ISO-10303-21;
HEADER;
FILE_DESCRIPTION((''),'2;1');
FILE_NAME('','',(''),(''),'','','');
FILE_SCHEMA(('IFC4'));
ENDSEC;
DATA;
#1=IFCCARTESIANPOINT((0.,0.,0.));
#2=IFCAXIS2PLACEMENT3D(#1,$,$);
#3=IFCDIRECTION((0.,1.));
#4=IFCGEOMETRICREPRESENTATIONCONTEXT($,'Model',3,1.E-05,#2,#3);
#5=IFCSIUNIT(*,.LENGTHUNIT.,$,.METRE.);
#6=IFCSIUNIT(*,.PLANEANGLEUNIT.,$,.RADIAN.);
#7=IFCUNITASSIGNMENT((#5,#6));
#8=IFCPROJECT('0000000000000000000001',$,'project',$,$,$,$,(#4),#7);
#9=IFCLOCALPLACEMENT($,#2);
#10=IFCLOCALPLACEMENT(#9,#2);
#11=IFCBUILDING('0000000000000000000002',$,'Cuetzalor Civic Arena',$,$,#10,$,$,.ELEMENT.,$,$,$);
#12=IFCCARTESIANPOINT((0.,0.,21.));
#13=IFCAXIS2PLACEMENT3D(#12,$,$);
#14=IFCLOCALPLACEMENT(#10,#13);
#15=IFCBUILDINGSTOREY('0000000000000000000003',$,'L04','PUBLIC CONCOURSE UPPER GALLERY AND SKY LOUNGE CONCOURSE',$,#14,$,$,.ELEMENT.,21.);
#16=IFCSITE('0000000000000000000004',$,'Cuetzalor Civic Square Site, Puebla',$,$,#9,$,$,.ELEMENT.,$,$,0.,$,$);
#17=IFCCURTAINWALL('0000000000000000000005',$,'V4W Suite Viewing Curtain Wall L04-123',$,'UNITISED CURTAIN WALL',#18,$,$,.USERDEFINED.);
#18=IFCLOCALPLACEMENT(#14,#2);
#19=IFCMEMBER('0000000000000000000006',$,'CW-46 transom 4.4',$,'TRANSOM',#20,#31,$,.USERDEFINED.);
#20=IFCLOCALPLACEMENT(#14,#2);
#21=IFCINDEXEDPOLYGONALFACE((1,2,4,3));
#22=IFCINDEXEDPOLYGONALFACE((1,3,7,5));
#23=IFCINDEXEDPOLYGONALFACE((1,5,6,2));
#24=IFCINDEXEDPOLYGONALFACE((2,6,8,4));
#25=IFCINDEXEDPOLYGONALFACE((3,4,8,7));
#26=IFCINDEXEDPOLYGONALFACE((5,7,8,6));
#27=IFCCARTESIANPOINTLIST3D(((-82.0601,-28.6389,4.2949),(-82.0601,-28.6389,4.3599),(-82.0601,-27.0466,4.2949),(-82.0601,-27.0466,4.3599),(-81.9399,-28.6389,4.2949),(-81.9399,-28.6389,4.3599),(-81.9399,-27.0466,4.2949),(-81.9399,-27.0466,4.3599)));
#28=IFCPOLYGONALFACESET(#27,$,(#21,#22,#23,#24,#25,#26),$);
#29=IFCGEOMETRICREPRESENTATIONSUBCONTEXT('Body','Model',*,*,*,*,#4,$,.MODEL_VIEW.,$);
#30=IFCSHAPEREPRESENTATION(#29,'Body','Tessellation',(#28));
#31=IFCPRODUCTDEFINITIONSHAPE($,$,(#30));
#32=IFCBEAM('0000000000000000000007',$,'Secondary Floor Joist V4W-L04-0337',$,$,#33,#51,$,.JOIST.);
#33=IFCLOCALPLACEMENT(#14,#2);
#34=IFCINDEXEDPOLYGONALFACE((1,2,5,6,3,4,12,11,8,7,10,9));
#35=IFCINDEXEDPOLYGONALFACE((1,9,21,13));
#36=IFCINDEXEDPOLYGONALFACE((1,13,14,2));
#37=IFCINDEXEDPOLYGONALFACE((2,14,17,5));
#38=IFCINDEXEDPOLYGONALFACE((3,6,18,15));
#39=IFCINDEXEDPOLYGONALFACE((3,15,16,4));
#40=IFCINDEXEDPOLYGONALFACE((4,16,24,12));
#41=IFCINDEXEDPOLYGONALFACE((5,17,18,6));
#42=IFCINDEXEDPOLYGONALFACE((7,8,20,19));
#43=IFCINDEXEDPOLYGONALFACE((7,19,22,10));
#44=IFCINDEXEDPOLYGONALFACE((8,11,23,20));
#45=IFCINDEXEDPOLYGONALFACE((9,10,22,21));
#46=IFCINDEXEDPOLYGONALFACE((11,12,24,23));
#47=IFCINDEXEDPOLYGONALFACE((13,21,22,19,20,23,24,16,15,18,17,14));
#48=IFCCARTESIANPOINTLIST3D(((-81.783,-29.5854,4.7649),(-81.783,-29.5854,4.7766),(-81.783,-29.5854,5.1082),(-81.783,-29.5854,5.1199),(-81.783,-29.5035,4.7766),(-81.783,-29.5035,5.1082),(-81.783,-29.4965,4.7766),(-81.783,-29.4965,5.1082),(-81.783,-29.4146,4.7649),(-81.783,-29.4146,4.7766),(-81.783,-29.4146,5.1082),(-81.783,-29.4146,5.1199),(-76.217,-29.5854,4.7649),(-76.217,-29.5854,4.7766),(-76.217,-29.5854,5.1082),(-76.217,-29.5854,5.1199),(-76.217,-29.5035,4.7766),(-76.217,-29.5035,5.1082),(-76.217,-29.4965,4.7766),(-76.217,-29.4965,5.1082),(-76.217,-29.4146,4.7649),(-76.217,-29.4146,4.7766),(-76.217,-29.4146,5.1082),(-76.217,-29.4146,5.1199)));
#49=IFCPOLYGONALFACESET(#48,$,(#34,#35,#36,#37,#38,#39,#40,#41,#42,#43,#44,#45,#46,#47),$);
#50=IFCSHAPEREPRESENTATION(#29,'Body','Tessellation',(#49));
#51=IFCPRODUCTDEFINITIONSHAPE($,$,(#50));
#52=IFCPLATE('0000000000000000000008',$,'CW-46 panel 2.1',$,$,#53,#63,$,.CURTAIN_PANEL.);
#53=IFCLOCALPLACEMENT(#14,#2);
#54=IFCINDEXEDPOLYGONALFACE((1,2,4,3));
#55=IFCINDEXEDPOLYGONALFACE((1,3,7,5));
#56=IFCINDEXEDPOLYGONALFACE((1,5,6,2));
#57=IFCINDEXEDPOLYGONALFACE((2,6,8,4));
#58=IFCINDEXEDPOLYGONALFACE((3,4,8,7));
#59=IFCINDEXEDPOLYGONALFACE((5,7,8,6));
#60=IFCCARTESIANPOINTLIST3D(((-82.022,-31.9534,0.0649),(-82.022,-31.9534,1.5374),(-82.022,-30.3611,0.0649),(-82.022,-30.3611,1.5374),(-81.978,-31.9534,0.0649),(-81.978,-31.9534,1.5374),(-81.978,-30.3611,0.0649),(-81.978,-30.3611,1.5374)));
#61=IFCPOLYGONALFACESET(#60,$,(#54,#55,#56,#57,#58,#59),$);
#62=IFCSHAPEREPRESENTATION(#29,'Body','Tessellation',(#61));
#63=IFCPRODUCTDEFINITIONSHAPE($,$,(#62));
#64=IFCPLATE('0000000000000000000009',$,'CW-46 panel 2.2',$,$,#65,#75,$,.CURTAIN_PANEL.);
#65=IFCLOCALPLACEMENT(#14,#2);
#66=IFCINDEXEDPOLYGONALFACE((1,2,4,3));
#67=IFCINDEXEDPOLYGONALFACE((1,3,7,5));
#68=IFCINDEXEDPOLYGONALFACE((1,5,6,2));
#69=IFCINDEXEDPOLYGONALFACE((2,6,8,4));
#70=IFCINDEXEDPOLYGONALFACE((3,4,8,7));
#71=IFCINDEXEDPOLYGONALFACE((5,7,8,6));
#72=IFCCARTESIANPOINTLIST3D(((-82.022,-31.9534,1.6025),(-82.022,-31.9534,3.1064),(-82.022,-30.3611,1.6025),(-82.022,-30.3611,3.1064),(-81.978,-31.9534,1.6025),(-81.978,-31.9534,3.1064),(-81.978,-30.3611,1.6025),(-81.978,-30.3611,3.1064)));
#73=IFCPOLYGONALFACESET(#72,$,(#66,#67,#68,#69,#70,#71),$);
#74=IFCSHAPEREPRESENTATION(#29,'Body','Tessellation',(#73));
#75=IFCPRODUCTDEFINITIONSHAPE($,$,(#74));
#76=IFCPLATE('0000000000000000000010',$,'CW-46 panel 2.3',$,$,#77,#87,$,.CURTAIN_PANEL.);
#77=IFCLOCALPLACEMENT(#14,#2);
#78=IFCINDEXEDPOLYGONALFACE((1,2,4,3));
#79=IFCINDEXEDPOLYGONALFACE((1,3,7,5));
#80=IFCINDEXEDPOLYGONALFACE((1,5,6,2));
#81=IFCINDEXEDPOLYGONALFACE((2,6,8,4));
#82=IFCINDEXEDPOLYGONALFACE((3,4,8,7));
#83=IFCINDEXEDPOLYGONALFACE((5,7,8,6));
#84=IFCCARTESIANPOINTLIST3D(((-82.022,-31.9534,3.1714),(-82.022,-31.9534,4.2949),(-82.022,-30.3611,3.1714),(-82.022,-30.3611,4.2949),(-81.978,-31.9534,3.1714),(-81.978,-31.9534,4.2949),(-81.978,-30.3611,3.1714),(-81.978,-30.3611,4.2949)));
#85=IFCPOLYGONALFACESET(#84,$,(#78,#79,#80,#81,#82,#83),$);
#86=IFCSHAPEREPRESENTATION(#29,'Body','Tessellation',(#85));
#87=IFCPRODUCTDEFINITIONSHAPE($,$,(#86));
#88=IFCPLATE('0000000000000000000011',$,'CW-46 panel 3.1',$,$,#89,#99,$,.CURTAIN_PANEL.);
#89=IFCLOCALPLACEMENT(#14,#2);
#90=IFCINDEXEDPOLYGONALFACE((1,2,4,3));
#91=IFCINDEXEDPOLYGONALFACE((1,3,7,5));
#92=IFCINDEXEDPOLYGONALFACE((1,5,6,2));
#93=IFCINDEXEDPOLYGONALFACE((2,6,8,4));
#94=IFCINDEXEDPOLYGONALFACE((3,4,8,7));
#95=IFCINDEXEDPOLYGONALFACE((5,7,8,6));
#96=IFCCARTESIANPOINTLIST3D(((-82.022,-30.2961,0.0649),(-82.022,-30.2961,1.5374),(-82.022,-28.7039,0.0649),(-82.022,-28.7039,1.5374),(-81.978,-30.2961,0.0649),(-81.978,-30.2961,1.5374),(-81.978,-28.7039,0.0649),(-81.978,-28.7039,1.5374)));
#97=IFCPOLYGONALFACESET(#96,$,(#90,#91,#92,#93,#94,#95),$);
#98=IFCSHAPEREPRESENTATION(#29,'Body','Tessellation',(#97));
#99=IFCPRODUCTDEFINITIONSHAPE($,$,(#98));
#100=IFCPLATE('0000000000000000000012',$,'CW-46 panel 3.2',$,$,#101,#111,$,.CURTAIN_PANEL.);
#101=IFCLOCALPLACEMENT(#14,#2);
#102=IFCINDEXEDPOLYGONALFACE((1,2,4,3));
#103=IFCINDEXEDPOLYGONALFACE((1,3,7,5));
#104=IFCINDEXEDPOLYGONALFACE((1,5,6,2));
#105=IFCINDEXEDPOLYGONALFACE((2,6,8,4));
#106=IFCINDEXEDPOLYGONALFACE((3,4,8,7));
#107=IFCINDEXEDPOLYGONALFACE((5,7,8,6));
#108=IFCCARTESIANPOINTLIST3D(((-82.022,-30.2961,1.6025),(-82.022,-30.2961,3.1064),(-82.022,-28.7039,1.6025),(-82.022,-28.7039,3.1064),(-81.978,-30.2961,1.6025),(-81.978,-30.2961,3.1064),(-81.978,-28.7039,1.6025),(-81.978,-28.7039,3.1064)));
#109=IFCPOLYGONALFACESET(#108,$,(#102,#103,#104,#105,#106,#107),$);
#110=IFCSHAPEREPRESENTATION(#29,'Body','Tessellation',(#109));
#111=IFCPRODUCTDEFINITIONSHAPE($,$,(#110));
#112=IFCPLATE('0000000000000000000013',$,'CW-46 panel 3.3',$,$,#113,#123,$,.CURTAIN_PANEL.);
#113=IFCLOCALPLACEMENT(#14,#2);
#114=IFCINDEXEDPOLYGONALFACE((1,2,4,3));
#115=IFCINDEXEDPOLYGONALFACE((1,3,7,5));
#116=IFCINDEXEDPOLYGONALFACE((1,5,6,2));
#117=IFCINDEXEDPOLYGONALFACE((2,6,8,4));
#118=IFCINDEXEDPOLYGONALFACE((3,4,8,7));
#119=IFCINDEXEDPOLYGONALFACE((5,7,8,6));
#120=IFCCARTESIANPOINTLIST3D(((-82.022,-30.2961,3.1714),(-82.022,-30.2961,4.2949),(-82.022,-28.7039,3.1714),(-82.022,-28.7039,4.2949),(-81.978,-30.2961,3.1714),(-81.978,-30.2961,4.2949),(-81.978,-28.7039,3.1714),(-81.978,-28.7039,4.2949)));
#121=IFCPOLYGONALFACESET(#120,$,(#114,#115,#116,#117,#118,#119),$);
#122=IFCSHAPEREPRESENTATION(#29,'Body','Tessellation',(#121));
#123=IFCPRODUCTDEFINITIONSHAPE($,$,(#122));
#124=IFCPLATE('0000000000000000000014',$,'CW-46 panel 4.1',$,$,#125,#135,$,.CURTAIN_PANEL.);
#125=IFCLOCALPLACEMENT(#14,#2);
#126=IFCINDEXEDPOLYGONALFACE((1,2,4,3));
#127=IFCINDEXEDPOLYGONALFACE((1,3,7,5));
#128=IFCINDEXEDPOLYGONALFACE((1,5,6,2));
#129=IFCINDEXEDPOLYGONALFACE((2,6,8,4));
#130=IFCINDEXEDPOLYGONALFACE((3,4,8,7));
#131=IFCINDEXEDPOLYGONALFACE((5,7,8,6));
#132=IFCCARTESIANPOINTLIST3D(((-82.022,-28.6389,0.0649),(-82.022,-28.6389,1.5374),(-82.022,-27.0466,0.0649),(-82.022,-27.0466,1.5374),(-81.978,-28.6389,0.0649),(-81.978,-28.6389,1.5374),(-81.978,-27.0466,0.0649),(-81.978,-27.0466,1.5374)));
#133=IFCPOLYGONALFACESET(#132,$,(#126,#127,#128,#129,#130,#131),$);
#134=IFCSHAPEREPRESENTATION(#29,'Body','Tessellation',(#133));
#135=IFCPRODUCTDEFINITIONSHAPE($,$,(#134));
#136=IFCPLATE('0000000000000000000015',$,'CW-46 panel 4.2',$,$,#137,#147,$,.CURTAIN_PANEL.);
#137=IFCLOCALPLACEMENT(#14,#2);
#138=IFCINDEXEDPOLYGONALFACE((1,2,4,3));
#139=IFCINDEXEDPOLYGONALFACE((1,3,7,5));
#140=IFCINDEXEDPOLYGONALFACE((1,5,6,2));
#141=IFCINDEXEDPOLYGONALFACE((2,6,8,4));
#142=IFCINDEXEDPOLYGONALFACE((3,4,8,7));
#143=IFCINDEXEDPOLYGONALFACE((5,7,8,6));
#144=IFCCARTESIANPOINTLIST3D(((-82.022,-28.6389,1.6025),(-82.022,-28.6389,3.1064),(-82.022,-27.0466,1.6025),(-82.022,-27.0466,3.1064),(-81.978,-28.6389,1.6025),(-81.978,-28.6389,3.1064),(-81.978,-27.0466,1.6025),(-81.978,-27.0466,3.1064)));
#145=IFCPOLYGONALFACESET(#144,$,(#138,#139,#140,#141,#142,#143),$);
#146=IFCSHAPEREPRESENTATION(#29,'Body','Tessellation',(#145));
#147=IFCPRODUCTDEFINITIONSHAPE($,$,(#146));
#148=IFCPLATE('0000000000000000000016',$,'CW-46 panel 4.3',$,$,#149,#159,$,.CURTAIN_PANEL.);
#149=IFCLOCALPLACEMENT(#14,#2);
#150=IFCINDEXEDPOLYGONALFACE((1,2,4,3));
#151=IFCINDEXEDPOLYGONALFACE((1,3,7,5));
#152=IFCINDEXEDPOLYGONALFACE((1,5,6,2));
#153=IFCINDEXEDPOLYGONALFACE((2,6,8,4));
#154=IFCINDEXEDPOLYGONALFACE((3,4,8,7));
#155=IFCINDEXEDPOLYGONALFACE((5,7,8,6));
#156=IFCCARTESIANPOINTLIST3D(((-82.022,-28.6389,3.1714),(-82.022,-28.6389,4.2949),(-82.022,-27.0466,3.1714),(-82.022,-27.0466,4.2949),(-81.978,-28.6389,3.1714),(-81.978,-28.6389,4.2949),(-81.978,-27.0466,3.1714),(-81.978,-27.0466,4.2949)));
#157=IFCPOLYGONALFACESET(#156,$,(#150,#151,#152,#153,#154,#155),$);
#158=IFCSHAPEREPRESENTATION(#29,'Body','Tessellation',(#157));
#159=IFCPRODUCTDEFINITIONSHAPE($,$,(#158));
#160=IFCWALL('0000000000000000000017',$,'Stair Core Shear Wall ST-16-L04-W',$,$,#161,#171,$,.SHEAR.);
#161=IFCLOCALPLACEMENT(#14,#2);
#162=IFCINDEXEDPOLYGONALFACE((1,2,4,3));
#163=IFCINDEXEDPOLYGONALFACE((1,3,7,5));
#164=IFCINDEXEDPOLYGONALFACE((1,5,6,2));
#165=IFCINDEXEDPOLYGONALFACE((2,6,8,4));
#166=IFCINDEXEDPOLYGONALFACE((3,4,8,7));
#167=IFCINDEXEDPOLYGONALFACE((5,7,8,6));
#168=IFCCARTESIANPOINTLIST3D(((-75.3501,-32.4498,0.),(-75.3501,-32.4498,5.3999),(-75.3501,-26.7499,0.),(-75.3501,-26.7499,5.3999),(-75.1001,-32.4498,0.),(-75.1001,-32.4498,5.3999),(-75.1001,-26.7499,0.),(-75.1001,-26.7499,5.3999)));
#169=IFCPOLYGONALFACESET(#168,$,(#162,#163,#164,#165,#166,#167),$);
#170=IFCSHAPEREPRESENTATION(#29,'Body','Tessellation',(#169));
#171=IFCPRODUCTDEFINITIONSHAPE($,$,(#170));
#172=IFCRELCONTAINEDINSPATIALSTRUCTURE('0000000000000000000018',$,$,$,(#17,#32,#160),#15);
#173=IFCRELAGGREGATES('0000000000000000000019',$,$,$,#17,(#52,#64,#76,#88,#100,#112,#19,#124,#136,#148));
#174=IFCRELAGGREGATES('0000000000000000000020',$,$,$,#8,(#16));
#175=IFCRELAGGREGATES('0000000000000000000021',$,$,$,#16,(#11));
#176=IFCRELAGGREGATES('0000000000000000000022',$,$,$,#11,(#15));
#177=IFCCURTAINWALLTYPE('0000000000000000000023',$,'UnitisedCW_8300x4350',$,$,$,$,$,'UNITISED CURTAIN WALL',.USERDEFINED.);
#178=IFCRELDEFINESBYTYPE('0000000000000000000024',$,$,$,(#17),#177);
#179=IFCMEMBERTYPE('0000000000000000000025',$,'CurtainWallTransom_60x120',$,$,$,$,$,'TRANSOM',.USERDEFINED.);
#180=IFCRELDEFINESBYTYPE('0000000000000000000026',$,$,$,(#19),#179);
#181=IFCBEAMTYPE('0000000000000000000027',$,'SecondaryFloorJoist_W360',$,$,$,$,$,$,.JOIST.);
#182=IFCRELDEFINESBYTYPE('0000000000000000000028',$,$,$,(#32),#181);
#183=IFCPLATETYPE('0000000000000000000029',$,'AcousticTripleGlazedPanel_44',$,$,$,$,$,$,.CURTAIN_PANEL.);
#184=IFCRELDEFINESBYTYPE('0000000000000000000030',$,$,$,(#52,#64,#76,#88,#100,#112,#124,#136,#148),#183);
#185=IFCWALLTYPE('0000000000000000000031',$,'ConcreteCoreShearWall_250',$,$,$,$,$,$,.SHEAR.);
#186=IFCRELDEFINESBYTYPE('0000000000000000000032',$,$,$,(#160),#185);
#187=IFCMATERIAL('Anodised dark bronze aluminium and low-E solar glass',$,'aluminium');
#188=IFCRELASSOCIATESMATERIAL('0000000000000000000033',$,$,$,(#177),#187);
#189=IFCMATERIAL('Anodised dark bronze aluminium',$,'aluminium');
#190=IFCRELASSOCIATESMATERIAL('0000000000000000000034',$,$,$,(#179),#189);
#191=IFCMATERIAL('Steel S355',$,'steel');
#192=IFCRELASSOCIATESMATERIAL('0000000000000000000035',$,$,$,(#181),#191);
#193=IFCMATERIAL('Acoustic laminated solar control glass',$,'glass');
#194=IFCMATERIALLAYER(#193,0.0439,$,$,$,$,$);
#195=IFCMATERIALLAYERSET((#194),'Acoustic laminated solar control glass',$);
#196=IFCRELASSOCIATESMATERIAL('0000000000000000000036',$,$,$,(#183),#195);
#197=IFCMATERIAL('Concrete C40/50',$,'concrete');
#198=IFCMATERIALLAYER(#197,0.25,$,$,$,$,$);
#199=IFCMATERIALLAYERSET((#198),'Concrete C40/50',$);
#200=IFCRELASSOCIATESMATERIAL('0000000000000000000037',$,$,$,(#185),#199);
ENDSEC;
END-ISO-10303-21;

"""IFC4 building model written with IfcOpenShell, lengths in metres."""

from ifc_helpers import new_model, si_unit, direction, frame, frame_2d, origin, origin_2d, place, context, subcontext, project, spatial, rectangle, i_section, extrude, material, layer, layer_set, material_profile, profile_set, type_object, element, aggregate, save


model = new_model("IFC4")

# Units and contexts
model_context = context("Model", 3, precision=1e-05, world=origin(), true_north=direction((0.0, 1.0)))
body_context = subcontext(model_context, "Body", "Model", "MODEL_VIEW")
ifc_project = project(units=[si_unit("LENGTHUNIT", "METRE"), si_unit("PLANEANGLEUNIT", "RADIAN")], contexts=[model_context])

# Site, building, storey
site_placement = place(None, origin())
site = spatial("IfcSite", under=ifc_project, at=site_placement, Name="Cuetzalor Civic Square Site, Puebla", CompositionType="ELEMENT", RefElevation=0.0)
building_placement = place(site_placement, origin())
building = spatial("IfcBuilding", under=site, at=building_placement, Name="Cuetzalor Civic Arena", CompositionType="ELEMENT")
storey_placement = place(building_placement, frame((0.0, 0.0, 21.0)))
storey = spatial("IfcBuildingStorey", under=building, at=storey_placement, Name="L04", Description="PUBLIC CONCOURSE UPPER GALLERY AND SKY LOUNGE CONCOURSE", CompositionType="ELEMENT", Elevation=21.0)

# Curtain wall, member
ifc_material_1 = material(Name="Anodised dark bronze aluminium and low-E solar glass", Category="aluminium")
curtain_wall_type = type_object("IfcCurtainWallType", Name="UnitisedCW_8300x4350", ElementType="UNITISED CURTAIN WALL", PredefinedType="USERDEFINED", material=ifc_material_1)
curtain_wall_placement = place(storey_placement, origin())
curtain_wall = element("IfcCurtainWall", 1, at=curtain_wall_placement, inside=storey, type_object=curtain_wall_type, Name="V4W Suite Viewing Curtain Wall L04-123", ObjectType="UNITISED CURTAIN WALL", PredefinedType="USERDEFINED")
ifc_material_2 = material(Name="Anodised dark bronze aluminium", Category="aluminium")
ifc_material_profile_1 = material_profile(ifc_material_2, rectangle(XDim=0.1201, YDim=0.0649, at=origin_2d()), Name="ALU TRANSOM 65x120")
ifc_profile_set_1 = profile_set([ifc_material_profile_1], Name="Anodised dark bronze aluminium")
member_type_1 = type_object("IfcMemberType", Name="CurtainWallTransom_60x120", ElementType="TRANSOM", PredefinedType="USERDEFINED", material=ifc_profile_set_1)
member_1_placement = place(storey_placement, frame((-82.0, -28.6389, 4.3274), z_axis=(0.0, 1.0, 0.0), x_axis=(-1.0, 0.0, 0.0)))
member_1 = element("IfcMember", 2, at=member_1_placement, type_object=member_type_1, Name="CW-46 transom 4.4", ObjectType="TRANSOM", PredefinedType="USERDEFINED", context=body_context, shape_type="SweptSolid", body=[
    extrude(rectangle(XDim=0.1201, YDim=0.0649, at=origin_2d()), origin(), (0.0, 0.0, 1.0), 1.5923),
])

# Beam
ifc_material_3 = material(Name="Steel S355", Category="steel")
ifc_material_profile_2 = material_profile(ifc_material_3, i_section(OverallWidth=0.1709, OverallDepth=0.355, WebThickness=0.0071, FlangeThickness=0.0117, at=origin_2d()), Name="W360x51")
ifc_profile_set_2 = profile_set([ifc_material_profile_2], Name="Steel S355")
beam_type = type_object("IfcBeamType", Name="SecondaryFloorJoist_W360", PredefinedType="JOIST", material=ifc_profile_set_2)
beam_placement = place(storey_placement, frame((-81.783, -29.5, 4.9424), z_axis=(1.0, 0.0, 0.0), x_axis=(0.0, 1.0, 0.0)))
element("IfcBeam", 3, at=beam_placement, inside=storey, type_object=beam_type, Name="Secondary Floor Joist V4W-L04-0337", PredefinedType="JOIST", context=body_context, shape_type="SweptSolid", body=[
    extrude(i_section(OverallWidth=0.1709, OverallDepth=0.355, WebThickness=0.0071, FlangeThickness=0.0117, at=origin_2d()), origin(), (0.0, 0.0, 1.0), 5.5659),
])

# Plates
ifc_material_4 = material(Name="Acoustic laminated solar control glass", Category="glass")
ifc_layer_1 = layer(ifc_material_4, 0.0439)
ifc_layer_set_1 = layer_set([ifc_layer_1], Name="Acoustic laminated solar control glass")
plate_type = type_object("IfcPlateType", Name="AcousticTripleGlazedPanel_44", PredefinedType="CURTAIN_PANEL", material=ifc_layer_set_1)
plate_1_placement = place(storey_placement, frame((-82.0, -31.1572, 0.0649), z_axis=(0.0, 0.0, 1.0), x_axis=(0.0, 1.0, 0.0)))
plate_1 = element("IfcPlate", 4, at=plate_1_placement, type_object=plate_type, Name="CW-46 panel 2.1", PredefinedType="CURTAIN_PANEL", context=body_context, shape_type="SweptSolid", body=[
    extrude(rectangle(XDim=1.5923, YDim=0.0439, at=origin_2d()), origin(), (0.0, 0.0, 1.0), 1.4724),
])
plate_2_placement = place(storey_placement, frame((-82.0, -31.1572, 1.6025), z_axis=(0.0, 0.0, 1.0), x_axis=(0.0, 1.0, 0.0)))
plate_2 = element("IfcPlate", 5, at=plate_2_placement, type_object=plate_type, Name="CW-46 panel 2.2", PredefinedType="CURTAIN_PANEL", context=body_context, shape_type="SweptSolid", body=[
    extrude(rectangle(XDim=1.5923, YDim=0.0439, at=origin_2d()), origin(), (0.0, 0.0, 1.0), 1.5039),
])
plate_3_placement = place(storey_placement, frame((-82.0, -31.1572, 3.1714), z_axis=(0.0, 0.0, 1.0), x_axis=(0.0, 1.0, 0.0)))
plate_3 = element("IfcPlate", 6, at=plate_3_placement, type_object=plate_type, Name="CW-46 panel 2.3", PredefinedType="CURTAIN_PANEL", context=body_context, shape_type="SweptSolid", body=[
    extrude(rectangle(XDim=1.5923, YDim=0.0439, at=origin_2d()), origin(), (0.0, 0.0, 1.0), 1.1235),
])
plate_4_placement = place(storey_placement, frame((-82.0, -29.5, 0.0649), z_axis=(0.0, 0.0, 1.0), x_axis=(0.0, 1.0, 0.0)))
plate_4 = element("IfcPlate", 7, at=plate_4_placement, type_object=plate_type, Name="CW-46 panel 3.1", PredefinedType="CURTAIN_PANEL", context=body_context, shape_type="SweptSolid", body=[
    extrude(rectangle(XDim=1.5923, YDim=0.0439, at=origin_2d()), origin(), (0.0, 0.0, 1.0), 1.4724),
])
plate_5_placement = place(storey_placement, frame((-82.0, -29.5, 1.6025), z_axis=(0.0, 0.0, 1.0), x_axis=(0.0, 1.0, 0.0)))
plate_5 = element("IfcPlate", 8, at=plate_5_placement, type_object=plate_type, Name="CW-46 panel 3.2", PredefinedType="CURTAIN_PANEL", context=body_context, shape_type="SweptSolid", body=[
    extrude(rectangle(XDim=1.5923, YDim=0.0439, at=origin_2d()), origin(), (0.0, 0.0, 1.0), 1.5039),
])
plate_6_placement = place(storey_placement, frame((-82.0, -29.5, 3.1714), z_axis=(0.0, 0.0, 1.0), x_axis=(0.0, 1.0, 0.0)))
plate_6 = element("IfcPlate", 9, at=plate_6_placement, type_object=plate_type, Name="CW-46 panel 3.3", PredefinedType="CURTAIN_PANEL", context=body_context, shape_type="SweptSolid", body=[
    extrude(rectangle(XDim=1.5923, YDim=0.0439, at=origin_2d()), origin(), (0.0, 0.0, 1.0), 1.1235),
])
plate_7_placement = place(storey_placement, frame((-82.0, -27.8428, 0.0649), z_axis=(0.0, 0.0, 1.0), x_axis=(0.0, 1.0, 0.0)))
plate_7 = element("IfcPlate", 10, at=plate_7_placement, type_object=plate_type, Name="CW-46 panel 4.1", PredefinedType="CURTAIN_PANEL", context=body_context, shape_type="SweptSolid", body=[
    extrude(rectangle(XDim=1.5923, YDim=0.0439, at=origin_2d()), origin(), (0.0, 0.0, 1.0), 1.4724),
])
plate_8_placement = place(storey_placement, frame((-82.0, -27.8428, 1.6025), z_axis=(0.0, 0.0, 1.0), x_axis=(0.0, 1.0, 0.0)))
plate_8 = element("IfcPlate", 11, at=plate_8_placement, type_object=plate_type, Name="CW-46 panel 4.2", PredefinedType="CURTAIN_PANEL", context=body_context, shape_type="SweptSolid", body=[
    extrude(rectangle(XDim=1.5923, YDim=0.0439, at=origin_2d()), origin(), (0.0, 0.0, 1.0), 1.5039),
])
plate_9_placement = place(storey_placement, frame((-82.0, -27.8428, 3.1714), z_axis=(0.0, 0.0, 1.0), x_axis=(0.0, 1.0, 0.0)))
plate_9 = element("IfcPlate", 12, at=plate_9_placement, type_object=plate_type, Name="CW-46 panel 4.3", PredefinedType="CURTAIN_PANEL", context=body_context, shape_type="SweptSolid", body=[
    extrude(rectangle(XDim=1.5923, YDim=0.0439, at=origin_2d()), origin(), (0.0, 0.0, 1.0), 1.1235),
])
aggregate(curtain_wall, [plate_1, plate_2, plate_3, plate_4, plate_5, plate_6, member_1, plate_7, plate_8, plate_9])

# Wall
ifc_material_5 = material(Name="Concrete C40/50", Category="concrete")
ifc_layer_2 = layer(ifc_material_5, 0.25)
ifc_layer_set_2 = layer_set([ifc_layer_2], Name="Concrete C40/50")
wall_type = type_object("IfcWallType", Name="ConcreteCoreShearWall_250", PredefinedType="SHEAR", material=ifc_layer_set_2)
wall_placement = place(storey_placement, frame((-75.2251, -32.45, 0.0), z_axis=(0.0, 0.0, 1.0), x_axis=(0.0, 1.0, 0.0)))
element("IfcWall", 13, at=wall_placement, inside=storey, type_object=wall_type, Name="Stair Core Shear Wall ST-16-L04-W", PredefinedType="SHEAR", context=body_context, shape_type="SweptSolid", body=[
    extrude(rectangle(XDim=5.7, YDim=0.25, at=frame_2d((2.8501, 0.0))), origin(), (0.0, 0.0, 1.0), 5.3999),
])

save(model, "model.ifc")
